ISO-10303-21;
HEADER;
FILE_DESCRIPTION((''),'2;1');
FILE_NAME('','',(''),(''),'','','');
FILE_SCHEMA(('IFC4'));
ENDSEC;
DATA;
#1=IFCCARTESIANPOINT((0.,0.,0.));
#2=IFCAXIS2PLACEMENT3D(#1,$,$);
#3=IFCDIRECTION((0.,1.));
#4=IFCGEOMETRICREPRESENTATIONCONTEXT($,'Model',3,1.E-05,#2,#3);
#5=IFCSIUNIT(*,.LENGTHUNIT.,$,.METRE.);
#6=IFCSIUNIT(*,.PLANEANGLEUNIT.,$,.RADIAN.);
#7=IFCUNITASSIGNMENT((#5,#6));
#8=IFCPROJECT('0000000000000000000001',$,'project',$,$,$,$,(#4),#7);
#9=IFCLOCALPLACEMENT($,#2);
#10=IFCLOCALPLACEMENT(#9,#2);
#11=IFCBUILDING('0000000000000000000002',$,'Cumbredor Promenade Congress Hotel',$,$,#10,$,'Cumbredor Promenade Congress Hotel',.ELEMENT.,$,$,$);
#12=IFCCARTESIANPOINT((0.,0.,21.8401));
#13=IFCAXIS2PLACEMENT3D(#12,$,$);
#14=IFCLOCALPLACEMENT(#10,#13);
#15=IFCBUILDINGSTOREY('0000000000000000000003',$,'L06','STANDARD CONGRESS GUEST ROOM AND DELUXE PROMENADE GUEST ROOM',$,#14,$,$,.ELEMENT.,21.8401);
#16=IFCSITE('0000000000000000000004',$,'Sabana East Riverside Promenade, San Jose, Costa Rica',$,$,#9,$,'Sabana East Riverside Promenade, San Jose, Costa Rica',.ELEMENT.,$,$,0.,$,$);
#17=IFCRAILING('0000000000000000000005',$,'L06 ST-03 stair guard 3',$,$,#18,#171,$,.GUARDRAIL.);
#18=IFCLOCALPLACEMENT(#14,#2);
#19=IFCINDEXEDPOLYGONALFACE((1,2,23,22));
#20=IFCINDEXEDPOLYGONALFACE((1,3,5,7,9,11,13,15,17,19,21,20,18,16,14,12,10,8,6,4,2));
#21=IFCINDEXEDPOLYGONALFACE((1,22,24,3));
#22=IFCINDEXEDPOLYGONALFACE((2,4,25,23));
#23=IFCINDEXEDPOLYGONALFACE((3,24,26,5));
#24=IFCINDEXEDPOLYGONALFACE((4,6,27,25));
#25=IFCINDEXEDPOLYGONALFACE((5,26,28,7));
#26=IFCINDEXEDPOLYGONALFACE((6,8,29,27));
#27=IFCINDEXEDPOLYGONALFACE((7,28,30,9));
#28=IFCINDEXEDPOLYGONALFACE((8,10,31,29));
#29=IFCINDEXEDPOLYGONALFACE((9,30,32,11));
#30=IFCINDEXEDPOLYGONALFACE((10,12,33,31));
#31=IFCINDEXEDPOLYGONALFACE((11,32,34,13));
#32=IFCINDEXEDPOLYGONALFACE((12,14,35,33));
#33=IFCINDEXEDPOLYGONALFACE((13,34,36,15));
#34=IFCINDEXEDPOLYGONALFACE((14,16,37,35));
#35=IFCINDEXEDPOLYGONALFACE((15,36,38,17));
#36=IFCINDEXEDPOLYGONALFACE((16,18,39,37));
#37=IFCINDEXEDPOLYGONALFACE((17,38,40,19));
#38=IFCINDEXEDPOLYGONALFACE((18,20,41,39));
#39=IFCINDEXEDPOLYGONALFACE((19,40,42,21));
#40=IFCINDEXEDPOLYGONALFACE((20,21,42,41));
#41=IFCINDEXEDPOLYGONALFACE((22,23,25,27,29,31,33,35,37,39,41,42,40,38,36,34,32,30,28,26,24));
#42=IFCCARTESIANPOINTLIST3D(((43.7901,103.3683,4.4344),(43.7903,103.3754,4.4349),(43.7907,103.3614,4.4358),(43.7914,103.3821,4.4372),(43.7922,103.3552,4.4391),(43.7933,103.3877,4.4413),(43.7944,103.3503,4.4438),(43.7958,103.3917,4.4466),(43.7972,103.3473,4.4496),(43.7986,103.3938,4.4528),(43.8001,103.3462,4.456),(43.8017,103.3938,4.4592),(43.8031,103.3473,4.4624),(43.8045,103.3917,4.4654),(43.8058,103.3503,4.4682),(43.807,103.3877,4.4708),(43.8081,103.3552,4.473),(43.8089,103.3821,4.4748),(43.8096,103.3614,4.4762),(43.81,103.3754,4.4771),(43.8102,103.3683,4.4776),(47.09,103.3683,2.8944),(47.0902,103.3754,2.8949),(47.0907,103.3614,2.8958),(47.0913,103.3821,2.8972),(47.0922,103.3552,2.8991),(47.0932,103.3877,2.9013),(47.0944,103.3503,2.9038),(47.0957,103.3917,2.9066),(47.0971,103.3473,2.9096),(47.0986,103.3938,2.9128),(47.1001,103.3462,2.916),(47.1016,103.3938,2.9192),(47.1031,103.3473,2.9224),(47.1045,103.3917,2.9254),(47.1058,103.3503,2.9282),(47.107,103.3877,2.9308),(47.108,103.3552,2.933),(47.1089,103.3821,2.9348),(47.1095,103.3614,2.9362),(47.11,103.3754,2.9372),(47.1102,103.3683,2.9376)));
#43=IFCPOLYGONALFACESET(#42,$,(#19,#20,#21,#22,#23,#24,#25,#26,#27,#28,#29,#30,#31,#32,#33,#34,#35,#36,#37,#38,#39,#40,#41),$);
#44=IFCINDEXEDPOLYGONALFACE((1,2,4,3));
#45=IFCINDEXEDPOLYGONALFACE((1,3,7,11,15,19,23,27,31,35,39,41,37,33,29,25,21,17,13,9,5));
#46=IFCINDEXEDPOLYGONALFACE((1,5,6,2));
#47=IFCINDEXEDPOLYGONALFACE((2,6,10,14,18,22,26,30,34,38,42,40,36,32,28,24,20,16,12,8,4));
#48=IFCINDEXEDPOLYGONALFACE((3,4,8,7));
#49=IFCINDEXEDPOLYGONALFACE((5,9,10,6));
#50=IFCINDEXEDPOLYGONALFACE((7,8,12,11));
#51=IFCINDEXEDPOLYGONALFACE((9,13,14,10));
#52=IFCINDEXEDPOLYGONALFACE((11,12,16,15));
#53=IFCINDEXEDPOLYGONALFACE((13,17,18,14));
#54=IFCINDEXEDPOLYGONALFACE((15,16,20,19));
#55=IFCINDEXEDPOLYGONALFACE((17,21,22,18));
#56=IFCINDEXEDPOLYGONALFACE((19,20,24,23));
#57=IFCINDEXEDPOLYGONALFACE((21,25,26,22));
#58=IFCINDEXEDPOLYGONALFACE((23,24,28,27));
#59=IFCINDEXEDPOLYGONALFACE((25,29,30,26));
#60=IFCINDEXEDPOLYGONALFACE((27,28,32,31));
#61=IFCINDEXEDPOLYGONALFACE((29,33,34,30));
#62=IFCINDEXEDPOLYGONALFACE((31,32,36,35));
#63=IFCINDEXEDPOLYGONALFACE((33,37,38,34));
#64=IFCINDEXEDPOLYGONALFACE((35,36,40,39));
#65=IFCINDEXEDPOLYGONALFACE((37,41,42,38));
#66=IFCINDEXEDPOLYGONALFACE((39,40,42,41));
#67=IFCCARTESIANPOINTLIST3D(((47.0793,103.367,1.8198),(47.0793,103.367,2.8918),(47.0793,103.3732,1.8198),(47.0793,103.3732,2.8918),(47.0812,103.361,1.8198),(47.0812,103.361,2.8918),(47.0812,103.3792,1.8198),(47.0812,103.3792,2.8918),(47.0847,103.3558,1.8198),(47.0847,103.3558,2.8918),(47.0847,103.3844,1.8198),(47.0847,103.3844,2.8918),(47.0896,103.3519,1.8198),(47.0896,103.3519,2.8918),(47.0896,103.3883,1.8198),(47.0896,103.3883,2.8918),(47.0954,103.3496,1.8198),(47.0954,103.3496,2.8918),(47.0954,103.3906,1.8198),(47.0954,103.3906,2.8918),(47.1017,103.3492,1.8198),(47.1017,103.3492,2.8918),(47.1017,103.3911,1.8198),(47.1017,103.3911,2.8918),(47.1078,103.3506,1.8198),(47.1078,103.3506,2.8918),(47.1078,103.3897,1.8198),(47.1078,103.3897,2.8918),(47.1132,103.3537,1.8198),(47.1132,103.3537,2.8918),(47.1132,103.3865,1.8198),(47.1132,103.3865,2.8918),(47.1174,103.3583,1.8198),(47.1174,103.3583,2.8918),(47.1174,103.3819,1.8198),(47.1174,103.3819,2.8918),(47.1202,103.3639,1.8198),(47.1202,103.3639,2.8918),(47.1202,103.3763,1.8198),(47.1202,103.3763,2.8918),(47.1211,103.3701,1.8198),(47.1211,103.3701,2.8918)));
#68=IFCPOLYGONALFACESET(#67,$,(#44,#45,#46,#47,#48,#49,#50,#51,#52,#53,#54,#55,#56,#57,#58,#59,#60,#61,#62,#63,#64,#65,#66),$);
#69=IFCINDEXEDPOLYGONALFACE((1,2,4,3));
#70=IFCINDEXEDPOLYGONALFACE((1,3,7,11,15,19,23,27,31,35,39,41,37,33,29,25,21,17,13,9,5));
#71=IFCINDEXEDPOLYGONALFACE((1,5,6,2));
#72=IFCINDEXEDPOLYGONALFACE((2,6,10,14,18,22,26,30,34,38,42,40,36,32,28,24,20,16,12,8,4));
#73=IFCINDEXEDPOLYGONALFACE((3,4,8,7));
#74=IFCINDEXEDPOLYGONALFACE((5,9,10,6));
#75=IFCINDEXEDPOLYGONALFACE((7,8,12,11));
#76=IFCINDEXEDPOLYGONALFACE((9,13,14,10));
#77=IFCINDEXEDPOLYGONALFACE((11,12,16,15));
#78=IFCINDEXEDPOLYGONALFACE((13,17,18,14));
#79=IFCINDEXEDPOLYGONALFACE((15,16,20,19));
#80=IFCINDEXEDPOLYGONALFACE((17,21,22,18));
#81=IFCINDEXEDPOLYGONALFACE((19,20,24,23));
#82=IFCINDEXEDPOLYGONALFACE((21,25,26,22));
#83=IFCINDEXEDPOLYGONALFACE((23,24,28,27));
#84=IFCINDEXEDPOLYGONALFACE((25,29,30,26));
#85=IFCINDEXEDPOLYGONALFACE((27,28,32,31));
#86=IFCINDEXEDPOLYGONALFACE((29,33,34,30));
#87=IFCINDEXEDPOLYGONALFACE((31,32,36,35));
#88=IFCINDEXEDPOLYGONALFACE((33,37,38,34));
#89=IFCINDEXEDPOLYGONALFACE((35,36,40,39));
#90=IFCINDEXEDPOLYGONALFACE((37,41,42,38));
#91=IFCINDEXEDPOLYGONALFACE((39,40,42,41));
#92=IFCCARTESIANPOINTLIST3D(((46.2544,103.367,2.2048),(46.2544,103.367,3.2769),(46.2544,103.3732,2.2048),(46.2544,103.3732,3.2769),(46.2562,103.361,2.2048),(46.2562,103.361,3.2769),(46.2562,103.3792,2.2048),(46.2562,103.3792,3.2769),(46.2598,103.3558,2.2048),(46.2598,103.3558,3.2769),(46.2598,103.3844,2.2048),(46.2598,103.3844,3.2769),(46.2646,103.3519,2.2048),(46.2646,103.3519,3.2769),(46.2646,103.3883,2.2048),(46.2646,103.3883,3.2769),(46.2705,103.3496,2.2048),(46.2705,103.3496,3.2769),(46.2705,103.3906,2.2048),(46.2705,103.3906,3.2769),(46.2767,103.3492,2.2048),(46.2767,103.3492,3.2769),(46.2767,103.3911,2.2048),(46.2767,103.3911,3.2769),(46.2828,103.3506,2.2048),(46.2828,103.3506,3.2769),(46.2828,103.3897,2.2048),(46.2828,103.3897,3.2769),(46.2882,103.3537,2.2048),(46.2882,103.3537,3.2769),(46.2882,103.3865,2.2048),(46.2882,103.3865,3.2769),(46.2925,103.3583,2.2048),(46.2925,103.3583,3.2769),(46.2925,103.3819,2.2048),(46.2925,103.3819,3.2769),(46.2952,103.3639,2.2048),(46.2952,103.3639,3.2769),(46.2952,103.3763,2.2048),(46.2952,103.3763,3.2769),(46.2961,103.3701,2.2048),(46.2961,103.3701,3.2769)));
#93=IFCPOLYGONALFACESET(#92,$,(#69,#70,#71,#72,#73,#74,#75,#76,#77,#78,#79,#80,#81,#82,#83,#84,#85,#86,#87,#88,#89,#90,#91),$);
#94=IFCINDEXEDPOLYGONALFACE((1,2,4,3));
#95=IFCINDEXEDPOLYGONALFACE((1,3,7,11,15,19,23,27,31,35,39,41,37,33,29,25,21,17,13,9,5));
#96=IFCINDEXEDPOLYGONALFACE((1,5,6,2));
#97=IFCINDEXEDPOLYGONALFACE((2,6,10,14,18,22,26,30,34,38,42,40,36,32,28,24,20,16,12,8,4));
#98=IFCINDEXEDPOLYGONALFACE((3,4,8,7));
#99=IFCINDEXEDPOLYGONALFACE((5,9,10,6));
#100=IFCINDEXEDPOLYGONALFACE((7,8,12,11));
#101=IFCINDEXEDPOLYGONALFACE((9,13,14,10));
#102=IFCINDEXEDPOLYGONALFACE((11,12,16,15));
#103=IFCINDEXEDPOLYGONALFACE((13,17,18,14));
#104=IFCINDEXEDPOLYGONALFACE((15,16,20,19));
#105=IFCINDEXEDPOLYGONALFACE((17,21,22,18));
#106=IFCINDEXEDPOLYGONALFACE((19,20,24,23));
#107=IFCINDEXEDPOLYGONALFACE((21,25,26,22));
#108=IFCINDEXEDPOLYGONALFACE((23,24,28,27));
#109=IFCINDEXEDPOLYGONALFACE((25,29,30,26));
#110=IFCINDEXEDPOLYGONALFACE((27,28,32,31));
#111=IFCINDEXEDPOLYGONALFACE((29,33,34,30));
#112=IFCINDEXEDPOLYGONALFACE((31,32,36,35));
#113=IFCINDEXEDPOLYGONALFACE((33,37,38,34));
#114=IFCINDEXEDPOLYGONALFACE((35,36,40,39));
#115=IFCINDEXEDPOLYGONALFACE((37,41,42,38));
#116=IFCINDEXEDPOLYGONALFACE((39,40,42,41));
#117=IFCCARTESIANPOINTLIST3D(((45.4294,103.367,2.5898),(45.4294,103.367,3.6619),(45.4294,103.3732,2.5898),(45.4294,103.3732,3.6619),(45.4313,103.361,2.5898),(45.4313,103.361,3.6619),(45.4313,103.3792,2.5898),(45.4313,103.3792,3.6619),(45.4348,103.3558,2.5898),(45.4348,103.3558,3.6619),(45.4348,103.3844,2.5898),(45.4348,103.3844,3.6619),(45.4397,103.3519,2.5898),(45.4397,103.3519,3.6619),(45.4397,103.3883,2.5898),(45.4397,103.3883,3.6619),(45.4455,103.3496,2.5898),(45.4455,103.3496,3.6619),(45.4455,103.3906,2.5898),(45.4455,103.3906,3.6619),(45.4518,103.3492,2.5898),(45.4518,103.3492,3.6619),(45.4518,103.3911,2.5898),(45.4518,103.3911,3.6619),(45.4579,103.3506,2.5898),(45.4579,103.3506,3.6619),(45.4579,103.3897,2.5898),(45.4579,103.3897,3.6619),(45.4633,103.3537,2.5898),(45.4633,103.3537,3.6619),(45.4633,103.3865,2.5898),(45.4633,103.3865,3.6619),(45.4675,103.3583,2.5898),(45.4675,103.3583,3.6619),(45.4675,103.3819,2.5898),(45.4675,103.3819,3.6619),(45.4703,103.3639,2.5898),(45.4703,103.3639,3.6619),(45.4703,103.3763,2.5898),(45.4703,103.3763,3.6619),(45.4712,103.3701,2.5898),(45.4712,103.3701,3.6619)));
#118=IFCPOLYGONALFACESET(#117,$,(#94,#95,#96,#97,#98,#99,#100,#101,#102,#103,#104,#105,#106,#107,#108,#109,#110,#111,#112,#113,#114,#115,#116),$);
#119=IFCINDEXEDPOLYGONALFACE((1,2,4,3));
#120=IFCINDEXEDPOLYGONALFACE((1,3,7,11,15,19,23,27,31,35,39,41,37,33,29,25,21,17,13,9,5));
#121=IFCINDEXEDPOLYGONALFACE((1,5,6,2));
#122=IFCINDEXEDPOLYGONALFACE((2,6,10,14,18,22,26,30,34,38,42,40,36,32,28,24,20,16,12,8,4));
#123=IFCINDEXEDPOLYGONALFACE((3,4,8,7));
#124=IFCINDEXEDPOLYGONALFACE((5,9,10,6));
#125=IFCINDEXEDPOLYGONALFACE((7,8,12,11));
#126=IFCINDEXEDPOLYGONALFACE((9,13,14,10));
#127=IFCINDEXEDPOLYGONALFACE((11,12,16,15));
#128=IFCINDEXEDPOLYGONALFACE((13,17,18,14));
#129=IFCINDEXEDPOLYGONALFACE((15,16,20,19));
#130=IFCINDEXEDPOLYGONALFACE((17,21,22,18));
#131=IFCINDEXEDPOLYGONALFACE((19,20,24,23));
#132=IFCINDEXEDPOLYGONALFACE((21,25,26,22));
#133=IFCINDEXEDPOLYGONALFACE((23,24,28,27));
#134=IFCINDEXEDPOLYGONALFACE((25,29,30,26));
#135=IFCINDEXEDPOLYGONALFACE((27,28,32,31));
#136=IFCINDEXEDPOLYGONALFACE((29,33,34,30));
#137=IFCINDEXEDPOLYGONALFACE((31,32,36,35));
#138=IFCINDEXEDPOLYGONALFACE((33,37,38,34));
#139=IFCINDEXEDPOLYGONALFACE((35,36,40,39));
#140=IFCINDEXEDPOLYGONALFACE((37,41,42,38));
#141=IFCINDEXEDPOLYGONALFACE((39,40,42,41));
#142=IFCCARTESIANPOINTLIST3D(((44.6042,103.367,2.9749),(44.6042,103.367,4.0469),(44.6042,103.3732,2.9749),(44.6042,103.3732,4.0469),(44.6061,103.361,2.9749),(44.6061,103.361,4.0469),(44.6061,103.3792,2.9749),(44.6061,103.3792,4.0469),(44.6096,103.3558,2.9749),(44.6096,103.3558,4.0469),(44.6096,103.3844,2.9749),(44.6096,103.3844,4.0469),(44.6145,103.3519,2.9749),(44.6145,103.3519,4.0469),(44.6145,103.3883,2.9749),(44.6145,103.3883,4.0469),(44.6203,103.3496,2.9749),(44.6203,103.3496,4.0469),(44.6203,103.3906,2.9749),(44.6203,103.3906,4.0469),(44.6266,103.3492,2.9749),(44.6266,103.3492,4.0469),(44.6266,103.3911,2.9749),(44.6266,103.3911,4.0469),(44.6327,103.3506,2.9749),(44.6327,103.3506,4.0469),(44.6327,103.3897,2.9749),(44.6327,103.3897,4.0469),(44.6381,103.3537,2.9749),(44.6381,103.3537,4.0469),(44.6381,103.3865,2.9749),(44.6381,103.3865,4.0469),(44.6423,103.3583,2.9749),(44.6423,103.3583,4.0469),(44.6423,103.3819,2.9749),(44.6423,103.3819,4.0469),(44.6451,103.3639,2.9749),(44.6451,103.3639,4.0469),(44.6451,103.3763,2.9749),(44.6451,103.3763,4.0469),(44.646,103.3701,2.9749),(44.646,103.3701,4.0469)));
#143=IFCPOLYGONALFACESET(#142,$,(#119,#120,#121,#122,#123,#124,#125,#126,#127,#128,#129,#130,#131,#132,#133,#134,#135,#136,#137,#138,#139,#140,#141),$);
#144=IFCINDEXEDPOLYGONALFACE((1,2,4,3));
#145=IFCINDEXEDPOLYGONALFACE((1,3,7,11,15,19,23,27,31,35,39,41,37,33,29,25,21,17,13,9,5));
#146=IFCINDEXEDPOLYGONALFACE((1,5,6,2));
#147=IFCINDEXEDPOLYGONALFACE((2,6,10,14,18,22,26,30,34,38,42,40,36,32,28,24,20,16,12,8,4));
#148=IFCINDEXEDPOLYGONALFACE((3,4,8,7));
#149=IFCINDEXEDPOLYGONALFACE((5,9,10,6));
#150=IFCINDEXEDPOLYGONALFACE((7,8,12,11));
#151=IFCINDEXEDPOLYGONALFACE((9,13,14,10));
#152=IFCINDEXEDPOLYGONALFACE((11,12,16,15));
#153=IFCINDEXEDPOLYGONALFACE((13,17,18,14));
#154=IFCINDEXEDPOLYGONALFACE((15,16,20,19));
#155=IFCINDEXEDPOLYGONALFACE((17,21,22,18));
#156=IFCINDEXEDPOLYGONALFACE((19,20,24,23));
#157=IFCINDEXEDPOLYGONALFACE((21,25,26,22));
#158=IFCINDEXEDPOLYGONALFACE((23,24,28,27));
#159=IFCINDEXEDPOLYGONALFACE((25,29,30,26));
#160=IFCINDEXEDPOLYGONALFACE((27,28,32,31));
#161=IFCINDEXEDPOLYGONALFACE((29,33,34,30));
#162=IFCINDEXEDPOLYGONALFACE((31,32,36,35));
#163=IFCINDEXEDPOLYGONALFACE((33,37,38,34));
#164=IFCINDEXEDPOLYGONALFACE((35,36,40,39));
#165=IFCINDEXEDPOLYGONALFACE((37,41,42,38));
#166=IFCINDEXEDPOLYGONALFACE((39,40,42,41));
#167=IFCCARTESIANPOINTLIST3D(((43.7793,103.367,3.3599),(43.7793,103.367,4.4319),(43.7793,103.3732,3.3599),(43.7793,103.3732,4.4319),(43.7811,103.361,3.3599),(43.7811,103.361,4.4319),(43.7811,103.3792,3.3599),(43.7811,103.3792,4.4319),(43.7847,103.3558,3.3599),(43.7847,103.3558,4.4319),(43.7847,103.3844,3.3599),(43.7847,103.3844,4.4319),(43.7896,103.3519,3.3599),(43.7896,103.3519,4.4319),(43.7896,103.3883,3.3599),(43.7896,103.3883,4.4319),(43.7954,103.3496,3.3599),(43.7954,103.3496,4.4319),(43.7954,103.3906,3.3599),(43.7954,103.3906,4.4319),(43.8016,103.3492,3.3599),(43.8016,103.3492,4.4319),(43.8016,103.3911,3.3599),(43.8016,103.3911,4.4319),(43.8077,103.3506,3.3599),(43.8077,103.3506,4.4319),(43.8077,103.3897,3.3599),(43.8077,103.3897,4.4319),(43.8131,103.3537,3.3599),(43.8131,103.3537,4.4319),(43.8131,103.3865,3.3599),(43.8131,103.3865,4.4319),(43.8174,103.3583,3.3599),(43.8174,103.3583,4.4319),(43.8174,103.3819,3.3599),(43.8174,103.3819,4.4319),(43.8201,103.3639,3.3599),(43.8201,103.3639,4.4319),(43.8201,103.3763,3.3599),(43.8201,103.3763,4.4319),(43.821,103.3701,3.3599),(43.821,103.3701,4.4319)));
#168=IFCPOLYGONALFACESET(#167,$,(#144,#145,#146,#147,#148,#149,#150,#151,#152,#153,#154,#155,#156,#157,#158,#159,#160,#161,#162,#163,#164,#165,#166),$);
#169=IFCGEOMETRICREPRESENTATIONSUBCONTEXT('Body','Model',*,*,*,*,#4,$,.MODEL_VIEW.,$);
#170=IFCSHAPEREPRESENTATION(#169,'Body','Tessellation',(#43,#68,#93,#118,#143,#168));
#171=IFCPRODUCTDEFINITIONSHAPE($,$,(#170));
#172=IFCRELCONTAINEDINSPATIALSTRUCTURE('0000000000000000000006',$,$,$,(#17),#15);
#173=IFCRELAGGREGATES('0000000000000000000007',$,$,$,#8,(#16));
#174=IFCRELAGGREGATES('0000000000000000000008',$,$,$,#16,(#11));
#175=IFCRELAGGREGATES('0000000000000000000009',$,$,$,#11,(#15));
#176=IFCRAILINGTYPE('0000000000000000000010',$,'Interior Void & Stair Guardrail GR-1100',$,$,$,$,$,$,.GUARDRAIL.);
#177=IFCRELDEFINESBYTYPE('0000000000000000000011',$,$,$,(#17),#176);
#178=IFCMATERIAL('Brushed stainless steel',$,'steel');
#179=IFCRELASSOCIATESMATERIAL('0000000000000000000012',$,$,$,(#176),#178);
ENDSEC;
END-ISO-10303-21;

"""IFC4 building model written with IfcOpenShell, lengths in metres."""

from ifc_helpers import new_model, si_unit, direction, frame, origin, origin_2d, place, context, subcontext, project, spatial, circle, extrude, material, type_object, element, save


model = new_model("IFC4")

# Units and contexts
model_context = context("Model", 3, precision=1e-05, world=origin(), true_north=direction((0.0, 1.0)))
body_context = subcontext(model_context, "Body", "Model", "MODEL_VIEW")
ifc_project = project(units=[si_unit("LENGTHUNIT", "METRE"), si_unit("PLANEANGLEUNIT", "RADIAN")], contexts=[model_context])

# Site, building, storey
site_placement = place(None, origin())
site = spatial("IfcSite", under=ifc_project, at=site_placement, Name="Sabana East Riverside Promenade, San Jose, Costa Rica", LongName="Sabana East Riverside Promenade, San Jose, Costa Rica", CompositionType="ELEMENT", RefElevation=0.0)
building_placement = place(site_placement, origin())
building = spatial("IfcBuilding", under=site, at=building_placement, Name="Cumbredor Promenade Congress Hotel", LongName="Cumbredor Promenade Congress Hotel", CompositionType="ELEMENT")
storey_placement = place(building_placement, frame((0.0, 0.0, 21.8401)))
storey = spatial("IfcBuildingStorey", under=building, at=storey_placement, Name="L06", Description="STANDARD CONGRESS GUEST ROOM AND DELUXE PROMENADE GUEST ROOM", CompositionType="ELEMENT", Elevation=21.8401)

# Railing
ifc_material_1 = material(Name="Brushed stainless steel", Category="steel")
railing_type_1 = type_object("IfcRailingType", Name="Interior Void & Stair Guardrail GR-1100", PredefinedType="GUARDRAIL", material=ifc_material_1)
railing_1_placement = place(storey_placement, frame((47.1001, 103.3701, 1.8198)))
element("IfcRailing", 1, at=railing_1_placement, inside=storey, type_object=railing_type_1, Name="L06 ST-03 stair guard 3", PredefinedType="GUARDRAIL", context=body_context, shape_type="SweptSolid", body=[
    extrude(circle(Radius=0.0239, at=origin_2d()), frame((0.0, 0.0, 1.0962), z_axis=(-0.906181, 0.0, 0.422889), x_axis=(0.0, -1.0, 0.0)), (0.0, 0.0, 1.0), 3.6416),
    extrude(circle(Radius=0.021, at=origin_2d()), origin(), (0.0, 0.0, 1.0), 1.072),
    extrude(circle(Radius=0.021, at=origin_2d()), frame((-0.825, 0.0, 0.385)), (0.0, 0.0, 1.0), 1.072),
    extrude(circle(Radius=0.021, at=origin_2d()), frame((-1.6499, 0.0, 0.77)), (0.0, 0.0, 1.0), 1.072),
    extrude(circle(Radius=0.021, at=origin_2d()), frame((-2.4751, 0.0, 1.155)), (0.0, 0.0, 1.0), 1.072),
    extrude(circle(Radius=0.021, at=origin_2d()), frame((-3.3, 0.0, 1.54)), (0.0, 0.0, 1.0), 1.072),
])

save(model, "model.ifc")
